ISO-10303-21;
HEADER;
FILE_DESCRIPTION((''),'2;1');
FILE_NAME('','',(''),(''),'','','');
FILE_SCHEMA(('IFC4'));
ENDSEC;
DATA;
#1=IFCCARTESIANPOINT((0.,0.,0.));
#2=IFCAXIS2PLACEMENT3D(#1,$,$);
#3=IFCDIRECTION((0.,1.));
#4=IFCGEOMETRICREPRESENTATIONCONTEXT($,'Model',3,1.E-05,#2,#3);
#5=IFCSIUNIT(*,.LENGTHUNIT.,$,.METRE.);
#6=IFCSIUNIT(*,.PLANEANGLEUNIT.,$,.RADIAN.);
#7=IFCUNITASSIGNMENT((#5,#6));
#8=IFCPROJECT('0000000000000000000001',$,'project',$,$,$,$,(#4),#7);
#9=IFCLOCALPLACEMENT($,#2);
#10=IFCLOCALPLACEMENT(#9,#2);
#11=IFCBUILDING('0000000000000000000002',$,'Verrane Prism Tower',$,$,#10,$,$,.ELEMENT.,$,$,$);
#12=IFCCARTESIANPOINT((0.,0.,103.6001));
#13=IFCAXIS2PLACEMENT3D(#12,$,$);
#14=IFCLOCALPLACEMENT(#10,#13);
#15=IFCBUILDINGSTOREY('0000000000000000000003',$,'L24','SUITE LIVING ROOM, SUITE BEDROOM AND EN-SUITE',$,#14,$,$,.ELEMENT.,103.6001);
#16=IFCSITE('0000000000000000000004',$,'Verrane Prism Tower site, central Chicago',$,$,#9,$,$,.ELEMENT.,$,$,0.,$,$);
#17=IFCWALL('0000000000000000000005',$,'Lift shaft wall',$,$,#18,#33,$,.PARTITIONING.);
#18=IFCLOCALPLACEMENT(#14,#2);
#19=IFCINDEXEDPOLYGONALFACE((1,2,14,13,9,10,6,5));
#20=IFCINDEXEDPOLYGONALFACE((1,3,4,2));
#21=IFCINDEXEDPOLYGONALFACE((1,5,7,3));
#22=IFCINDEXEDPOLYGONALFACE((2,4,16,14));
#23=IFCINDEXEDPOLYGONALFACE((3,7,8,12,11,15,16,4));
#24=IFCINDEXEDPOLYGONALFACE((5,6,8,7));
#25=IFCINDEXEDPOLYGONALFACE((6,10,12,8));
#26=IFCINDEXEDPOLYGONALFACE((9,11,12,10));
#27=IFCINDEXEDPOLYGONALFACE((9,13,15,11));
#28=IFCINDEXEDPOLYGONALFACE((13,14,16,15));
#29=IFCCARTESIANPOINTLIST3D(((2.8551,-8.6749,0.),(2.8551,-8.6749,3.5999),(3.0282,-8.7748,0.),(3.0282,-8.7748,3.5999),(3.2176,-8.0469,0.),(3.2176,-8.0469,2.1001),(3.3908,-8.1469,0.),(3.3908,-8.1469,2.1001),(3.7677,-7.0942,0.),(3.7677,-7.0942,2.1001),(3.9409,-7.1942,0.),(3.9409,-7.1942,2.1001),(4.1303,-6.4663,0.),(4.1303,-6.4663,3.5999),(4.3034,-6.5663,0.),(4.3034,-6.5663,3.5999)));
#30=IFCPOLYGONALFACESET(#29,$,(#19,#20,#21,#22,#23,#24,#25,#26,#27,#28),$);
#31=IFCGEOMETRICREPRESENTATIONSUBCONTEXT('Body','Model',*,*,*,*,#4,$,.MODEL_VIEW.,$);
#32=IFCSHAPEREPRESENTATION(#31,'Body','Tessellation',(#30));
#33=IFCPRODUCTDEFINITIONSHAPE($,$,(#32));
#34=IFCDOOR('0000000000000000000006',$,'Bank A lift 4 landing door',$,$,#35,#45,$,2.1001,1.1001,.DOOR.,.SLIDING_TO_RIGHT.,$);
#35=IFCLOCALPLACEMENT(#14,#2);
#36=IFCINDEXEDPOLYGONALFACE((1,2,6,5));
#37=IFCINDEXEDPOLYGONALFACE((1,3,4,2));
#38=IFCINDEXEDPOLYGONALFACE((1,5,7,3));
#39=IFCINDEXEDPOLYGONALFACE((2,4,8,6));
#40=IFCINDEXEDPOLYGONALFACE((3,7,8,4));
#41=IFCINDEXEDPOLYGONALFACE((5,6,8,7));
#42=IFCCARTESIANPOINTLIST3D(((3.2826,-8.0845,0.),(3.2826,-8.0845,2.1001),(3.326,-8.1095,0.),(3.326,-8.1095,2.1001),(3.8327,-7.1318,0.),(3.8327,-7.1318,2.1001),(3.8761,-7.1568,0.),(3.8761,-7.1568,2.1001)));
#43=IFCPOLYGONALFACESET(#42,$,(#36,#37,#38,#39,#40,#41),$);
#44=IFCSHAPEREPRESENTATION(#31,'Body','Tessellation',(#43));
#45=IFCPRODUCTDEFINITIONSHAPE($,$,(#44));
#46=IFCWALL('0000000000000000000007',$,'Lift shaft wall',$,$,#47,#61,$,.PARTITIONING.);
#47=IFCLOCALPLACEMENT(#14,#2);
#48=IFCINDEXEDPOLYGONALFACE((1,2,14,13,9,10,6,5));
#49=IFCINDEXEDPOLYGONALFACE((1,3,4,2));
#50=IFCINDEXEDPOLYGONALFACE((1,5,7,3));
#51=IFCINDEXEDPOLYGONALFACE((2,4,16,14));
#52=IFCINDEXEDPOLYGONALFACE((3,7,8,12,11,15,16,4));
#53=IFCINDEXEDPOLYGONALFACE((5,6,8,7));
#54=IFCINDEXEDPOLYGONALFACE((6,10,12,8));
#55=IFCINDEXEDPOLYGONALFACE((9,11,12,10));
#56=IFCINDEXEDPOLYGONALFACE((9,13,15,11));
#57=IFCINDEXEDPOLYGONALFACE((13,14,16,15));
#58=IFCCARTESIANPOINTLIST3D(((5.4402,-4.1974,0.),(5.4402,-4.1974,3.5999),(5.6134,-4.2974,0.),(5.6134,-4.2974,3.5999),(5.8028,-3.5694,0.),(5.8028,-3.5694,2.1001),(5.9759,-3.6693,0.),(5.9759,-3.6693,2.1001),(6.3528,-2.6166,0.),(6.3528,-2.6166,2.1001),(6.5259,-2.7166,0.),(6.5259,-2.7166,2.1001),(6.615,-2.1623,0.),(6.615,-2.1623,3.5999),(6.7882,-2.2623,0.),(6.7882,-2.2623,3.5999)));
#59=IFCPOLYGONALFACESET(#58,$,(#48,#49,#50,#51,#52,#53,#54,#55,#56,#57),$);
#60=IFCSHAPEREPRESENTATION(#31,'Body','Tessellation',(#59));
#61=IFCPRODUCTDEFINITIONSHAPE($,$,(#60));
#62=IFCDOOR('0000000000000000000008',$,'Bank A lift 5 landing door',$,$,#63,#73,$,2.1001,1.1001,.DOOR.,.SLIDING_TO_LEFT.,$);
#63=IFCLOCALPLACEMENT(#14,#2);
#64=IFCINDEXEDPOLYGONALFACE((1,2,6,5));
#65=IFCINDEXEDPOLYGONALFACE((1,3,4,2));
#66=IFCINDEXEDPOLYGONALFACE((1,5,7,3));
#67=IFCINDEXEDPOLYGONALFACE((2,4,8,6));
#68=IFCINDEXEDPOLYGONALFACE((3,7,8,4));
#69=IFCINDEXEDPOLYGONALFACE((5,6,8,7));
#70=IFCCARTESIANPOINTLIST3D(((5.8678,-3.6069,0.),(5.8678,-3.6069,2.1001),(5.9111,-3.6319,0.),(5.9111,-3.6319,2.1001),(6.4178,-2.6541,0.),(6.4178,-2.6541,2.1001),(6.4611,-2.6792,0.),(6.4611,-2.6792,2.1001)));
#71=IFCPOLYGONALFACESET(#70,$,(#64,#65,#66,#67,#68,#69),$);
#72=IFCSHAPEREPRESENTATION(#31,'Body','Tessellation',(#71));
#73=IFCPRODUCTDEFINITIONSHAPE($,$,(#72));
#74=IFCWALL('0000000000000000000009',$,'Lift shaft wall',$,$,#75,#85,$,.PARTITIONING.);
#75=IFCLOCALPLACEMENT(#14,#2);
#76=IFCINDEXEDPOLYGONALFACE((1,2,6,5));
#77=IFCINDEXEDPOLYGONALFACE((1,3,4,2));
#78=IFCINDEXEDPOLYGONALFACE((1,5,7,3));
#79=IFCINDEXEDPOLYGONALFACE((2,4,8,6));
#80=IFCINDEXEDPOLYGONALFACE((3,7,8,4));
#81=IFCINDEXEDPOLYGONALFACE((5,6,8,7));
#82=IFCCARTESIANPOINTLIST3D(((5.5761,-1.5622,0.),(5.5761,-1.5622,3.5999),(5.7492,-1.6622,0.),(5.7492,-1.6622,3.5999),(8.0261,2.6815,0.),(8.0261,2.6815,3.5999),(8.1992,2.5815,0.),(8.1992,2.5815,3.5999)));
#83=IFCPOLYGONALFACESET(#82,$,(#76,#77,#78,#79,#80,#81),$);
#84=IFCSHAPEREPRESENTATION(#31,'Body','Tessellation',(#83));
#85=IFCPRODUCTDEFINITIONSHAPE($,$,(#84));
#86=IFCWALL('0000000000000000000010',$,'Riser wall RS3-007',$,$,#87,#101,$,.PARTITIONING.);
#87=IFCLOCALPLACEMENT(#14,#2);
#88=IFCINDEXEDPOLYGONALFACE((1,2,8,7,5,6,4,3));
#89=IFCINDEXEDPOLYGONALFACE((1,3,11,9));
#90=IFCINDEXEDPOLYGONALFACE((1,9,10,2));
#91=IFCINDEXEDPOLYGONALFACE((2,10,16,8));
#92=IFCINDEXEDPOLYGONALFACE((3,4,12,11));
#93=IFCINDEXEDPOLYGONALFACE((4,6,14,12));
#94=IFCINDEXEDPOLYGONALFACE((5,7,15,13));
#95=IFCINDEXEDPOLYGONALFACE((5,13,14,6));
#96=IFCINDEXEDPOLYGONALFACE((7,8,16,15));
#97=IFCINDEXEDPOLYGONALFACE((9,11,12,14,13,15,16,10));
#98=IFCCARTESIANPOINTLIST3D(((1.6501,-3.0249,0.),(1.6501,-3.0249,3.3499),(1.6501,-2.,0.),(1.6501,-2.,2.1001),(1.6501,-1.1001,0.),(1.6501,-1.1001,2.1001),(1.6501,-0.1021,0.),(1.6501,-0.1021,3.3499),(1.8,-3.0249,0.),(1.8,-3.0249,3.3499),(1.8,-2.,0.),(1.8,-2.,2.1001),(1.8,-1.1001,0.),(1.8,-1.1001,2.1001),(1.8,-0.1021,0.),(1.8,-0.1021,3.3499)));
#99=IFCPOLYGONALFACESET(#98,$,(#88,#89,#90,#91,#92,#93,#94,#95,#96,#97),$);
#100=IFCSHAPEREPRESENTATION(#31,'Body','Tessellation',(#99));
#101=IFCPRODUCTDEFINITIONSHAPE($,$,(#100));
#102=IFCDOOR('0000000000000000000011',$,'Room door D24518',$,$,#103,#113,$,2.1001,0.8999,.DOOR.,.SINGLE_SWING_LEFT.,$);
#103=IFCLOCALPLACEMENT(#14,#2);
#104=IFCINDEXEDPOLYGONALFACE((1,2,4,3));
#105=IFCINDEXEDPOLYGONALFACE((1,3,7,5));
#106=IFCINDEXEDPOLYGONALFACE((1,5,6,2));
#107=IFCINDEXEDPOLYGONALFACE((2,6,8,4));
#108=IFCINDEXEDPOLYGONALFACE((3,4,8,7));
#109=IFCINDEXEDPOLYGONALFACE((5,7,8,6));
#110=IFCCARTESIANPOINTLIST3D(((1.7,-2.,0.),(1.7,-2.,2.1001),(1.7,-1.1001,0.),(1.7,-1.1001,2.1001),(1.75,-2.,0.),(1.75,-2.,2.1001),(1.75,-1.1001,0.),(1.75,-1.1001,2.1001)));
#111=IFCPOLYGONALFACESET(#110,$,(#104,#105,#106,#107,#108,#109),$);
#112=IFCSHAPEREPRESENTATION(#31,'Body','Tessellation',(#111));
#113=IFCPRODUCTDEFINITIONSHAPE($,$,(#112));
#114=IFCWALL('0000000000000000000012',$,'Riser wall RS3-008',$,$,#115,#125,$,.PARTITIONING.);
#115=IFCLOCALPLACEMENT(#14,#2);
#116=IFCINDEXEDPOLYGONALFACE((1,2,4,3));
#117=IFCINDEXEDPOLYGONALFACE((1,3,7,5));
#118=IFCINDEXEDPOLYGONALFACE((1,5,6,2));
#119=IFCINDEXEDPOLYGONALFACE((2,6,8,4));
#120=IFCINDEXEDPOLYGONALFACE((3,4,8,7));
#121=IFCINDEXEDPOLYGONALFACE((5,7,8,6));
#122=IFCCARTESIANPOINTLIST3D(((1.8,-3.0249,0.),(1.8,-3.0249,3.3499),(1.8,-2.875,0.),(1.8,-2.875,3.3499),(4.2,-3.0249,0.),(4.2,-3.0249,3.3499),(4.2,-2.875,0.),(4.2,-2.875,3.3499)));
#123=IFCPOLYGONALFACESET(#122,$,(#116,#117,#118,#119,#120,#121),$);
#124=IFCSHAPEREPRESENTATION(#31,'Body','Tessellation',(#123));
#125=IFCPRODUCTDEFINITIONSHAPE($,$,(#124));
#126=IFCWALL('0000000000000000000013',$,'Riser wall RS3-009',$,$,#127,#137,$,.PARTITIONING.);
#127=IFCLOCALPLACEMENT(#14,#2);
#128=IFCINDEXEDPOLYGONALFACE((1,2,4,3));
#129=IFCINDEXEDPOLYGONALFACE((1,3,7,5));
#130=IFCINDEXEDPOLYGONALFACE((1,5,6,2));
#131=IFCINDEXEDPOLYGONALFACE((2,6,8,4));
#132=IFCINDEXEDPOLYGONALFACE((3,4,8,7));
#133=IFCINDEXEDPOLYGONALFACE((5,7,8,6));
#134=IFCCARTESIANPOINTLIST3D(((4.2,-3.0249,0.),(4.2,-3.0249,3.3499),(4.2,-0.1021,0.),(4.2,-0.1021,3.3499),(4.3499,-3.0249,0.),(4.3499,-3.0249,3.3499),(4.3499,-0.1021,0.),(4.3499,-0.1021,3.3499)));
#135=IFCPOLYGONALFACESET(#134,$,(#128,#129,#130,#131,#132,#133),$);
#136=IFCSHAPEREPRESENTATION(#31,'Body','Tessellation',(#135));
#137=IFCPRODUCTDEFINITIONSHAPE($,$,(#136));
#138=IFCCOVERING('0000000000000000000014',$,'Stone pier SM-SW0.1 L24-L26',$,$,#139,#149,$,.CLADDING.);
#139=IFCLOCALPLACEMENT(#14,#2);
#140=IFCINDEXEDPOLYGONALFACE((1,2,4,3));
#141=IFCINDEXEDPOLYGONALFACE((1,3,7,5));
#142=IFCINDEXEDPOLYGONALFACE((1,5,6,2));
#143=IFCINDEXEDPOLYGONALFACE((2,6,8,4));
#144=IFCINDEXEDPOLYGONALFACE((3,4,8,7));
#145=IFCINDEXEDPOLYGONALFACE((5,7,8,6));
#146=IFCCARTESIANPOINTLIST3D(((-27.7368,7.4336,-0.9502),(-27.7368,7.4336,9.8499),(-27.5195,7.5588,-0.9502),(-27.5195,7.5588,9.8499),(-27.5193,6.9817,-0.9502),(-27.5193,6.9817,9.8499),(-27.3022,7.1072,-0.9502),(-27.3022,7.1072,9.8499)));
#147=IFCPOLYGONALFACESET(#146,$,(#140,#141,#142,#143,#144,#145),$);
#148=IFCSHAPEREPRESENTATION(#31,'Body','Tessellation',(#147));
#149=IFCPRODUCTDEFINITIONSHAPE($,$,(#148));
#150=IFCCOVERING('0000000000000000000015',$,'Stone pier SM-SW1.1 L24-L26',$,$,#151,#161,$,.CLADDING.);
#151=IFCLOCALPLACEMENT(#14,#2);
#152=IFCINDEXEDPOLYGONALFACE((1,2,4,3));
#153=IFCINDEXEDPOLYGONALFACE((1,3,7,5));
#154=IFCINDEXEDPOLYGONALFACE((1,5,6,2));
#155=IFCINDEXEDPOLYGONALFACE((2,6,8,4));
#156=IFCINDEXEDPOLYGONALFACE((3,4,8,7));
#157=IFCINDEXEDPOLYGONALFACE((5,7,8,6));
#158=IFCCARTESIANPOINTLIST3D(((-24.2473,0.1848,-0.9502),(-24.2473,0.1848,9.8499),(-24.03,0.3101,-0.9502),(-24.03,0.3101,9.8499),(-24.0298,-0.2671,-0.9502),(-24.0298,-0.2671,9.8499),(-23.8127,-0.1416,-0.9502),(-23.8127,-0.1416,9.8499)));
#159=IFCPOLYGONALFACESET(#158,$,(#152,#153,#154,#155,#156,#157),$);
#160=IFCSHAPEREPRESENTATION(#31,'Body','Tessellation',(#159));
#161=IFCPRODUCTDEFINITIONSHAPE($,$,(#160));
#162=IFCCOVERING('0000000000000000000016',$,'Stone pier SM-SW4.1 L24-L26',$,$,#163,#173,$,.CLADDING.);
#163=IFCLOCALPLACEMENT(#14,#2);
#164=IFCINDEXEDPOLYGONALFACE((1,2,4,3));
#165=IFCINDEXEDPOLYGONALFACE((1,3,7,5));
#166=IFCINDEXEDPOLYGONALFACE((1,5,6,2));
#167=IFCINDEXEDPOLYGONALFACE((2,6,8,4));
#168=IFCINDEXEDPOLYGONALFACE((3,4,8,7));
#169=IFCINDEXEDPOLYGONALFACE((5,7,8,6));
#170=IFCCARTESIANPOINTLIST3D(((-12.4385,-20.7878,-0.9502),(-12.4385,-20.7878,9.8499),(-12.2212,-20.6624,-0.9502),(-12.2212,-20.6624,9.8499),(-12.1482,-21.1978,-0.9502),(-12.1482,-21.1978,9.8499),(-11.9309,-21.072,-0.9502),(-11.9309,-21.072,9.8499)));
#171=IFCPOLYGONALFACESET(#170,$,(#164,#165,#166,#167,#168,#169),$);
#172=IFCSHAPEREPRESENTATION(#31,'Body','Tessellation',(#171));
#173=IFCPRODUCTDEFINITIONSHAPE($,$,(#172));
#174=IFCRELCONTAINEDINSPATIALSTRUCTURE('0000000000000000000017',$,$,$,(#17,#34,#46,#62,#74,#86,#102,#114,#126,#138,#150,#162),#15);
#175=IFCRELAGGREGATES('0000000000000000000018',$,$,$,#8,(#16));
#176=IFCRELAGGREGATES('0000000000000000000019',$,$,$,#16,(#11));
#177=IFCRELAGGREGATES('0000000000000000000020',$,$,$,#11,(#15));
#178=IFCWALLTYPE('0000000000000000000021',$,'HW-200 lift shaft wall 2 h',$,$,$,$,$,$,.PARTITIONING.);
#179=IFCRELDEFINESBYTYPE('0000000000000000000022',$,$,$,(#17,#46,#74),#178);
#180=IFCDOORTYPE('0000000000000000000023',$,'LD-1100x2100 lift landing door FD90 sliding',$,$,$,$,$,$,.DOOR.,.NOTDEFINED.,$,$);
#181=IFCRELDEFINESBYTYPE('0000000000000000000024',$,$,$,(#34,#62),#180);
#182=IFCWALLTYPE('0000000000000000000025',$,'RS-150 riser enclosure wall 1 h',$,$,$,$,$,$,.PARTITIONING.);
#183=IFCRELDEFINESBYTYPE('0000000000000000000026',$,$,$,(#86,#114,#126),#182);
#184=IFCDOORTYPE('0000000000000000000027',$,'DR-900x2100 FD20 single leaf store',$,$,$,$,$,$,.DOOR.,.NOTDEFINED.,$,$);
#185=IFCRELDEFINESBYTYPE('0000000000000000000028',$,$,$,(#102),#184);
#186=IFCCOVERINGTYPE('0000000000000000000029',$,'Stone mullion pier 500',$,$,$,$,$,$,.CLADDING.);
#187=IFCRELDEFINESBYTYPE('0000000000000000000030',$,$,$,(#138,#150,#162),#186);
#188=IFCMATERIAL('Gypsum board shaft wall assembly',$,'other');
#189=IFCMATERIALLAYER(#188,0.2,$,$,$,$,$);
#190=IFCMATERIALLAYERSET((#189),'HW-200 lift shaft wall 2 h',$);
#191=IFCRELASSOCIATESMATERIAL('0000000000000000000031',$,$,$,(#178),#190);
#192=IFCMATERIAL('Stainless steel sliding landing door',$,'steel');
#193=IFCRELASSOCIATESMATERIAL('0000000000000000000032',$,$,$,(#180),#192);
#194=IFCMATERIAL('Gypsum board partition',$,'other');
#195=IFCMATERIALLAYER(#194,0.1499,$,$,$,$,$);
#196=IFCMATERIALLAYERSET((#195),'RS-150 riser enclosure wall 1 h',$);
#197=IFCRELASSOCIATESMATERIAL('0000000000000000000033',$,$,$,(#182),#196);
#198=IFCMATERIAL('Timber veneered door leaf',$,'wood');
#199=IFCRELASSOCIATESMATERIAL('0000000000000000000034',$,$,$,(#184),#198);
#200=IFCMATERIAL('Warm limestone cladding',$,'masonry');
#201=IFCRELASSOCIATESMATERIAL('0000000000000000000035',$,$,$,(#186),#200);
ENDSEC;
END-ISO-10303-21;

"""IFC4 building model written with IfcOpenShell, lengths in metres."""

from ifc_helpers import new_model, si_unit, direction, frame, frame_2d, origin, place, context, subcontext, project, spatial, polyline, rectangle, outline, extrude, material, layer, layer_set, type_object, element, fill, save


model = new_model("IFC4")

# Units and contexts
model_context = context("Model", 3, precision=1e-05, world=origin(), true_north=direction((0.0, 1.0)))
body_context = subcontext(model_context, "Body", "Model", "MODEL_VIEW")
ifc_project = project(units=[si_unit("LENGTHUNIT", "METRE"), si_unit("PLANEANGLEUNIT", "RADIAN")], contexts=[model_context])

# Site, building, storey
site_placement = place(None, origin())
site = spatial("IfcSite", under=ifc_project, at=site_placement, Name="Verrane Prism Tower site, central Chicago", CompositionType="ELEMENT", RefElevation=0.0)
building_placement = place(site_placement, origin())
building = spatial("IfcBuilding", under=site, at=building_placement, Name="Verrane Prism Tower", CompositionType="ELEMENT")
storey_placement = place(building_placement, frame((0.0, 0.0, 103.6001)))
storey = spatial("IfcBuildingStorey", under=building, at=storey_placement, Name="L24", Description="SUITE LIVING ROOM, SUITE BEDROOM AND EN-SUITE", CompositionType="ELEMENT", Elevation=103.6001)

# Shared definitions
ifc_material_1 = material(Name="Gypsum board shaft wall assembly", Category="other")
ifc_layer_1 = layer(ifc_material_1, 0.2)
ifc_layer_set_1 = layer_set([ifc_layer_1], Name="HW-200 lift shaft wall 2 h")
wall_type_1 = type_object("IfcWallType", Name="HW-200 lift shaft wall 2 h", PredefinedType="PARTITIONING", material=ifc_layer_set_1)

# Walls, openings, doors
wall_1_placement = place(storey_placement, frame((2.9417, -8.7249, 0.0), z_axis=(0.0, 0.0, 1.0), x_axis=(0.500021, 0.866013, 0.0)))
wall_1 = element("IfcWall", 1, at=wall_1_placement, inside=storey, type_object=wall_type_1, Name="Lift shaft wall", PredefinedType="PARTITIONING", context=body_context, shape_type="SweptSolid", body=[
    extrude(rectangle(XDim=2.5503, YDim=0.2, at=frame_2d((1.2751, 0.0))), origin(), (0.0, 0.0, 1.0), 3.5999),
])
opening_1_placement = place(wall_1_placement, frame((0.7251, 0.0, 0.0)))
opening_1 = element("IfcOpeningElement", 2, at=opening_1_placement, cuts=wall_1, PredefinedType="OPENING", context=body_context, shape_type="SweptSolid", body=[
    extrude(rectangle(XDim=1.1001, YDim=2.1001, at=frame_2d((0.55, 1.05))), frame((0.0, 0.1099, 0.0), z_axis=(0.0, -1.0, 0.0), x_axis=(1.0, 0.0, 0.0)), (0.0, 0.0, 1.0), 0.22),
])
ifc_material_2 = material(Name="Stainless steel sliding landing door", Category="steel")
door_type_1 = type_object("IfcDoorType", Name="LD-1100x2100 lift landing door FD90 sliding", OperationType="NOTDEFINED", PredefinedType="DOOR", material=ifc_material_2)
door_1_placement = place(opening_1_placement, origin())
door_1 = element("IfcDoor", 3, at=door_1_placement, inside=storey, type_object=door_type_1, Name="Bank A lift 4 landing door", OperationType="SLIDING_TO_RIGHT", OverallHeight=2.1001, OverallWidth=1.1001, PredefinedType="DOOR", context=body_context, shape_type="SweptSolid", body=[
    extrude(rectangle(XDim=1.1001, YDim=2.1001, at=frame_2d((0.55, 1.05))), frame((0.0, 0.0249, 0.0), z_axis=(0.0, -1.0, 0.0), x_axis=(1.0, 0.0, 0.0)), (0.0, 0.0, 1.0), 0.05),
])
fill(opening_1, door_1)
wall_2_placement = place(storey_placement, frame((5.5269, -4.2473, 0.0), z_axis=(0.0, 0.0, 1.0), x_axis=(0.499938, 0.866061, 0.0)))
wall_2 = element("IfcWall", 4, at=wall_2_placement, inside=storey, type_object=wall_type_1, Name="Lift shaft wall", PredefinedType="PARTITIONING", context=body_context, shape_type="SweptSolid", body=[
    extrude(rectangle(XDim=2.3499, YDim=0.2, at=frame_2d((1.1748, 0.0))), origin(), (0.0, 0.0, 1.0), 3.5999),
])
opening_2_placement = place(wall_2_placement, frame((0.7251, 0.0, 0.0)))
opening_2 = element("IfcOpeningElement", 5, at=opening_2_placement, cuts=wall_2, PredefinedType="OPENING", context=body_context, shape_type="SweptSolid", body=[
    extrude(rectangle(XDim=1.1001, YDim=2.1001, at=frame_2d((0.55, 1.05))), frame((0.0, 0.1099, 0.0), z_axis=(0.0, -1.0, 0.0), x_axis=(1.0, 0.0, 0.0)), (0.0, 0.0, 1.0), 0.22),
])
door_2_placement = place(opening_2_placement, origin())
door_2 = element("IfcDoor", 6, at=door_2_placement, inside=storey, type_object=door_type_1, Name="Bank A lift 5 landing door", OperationType="SLIDING_TO_LEFT", OverallHeight=2.1001, OverallWidth=1.1001, PredefinedType="DOOR", context=body_context, shape_type="SweptSolid", body=[
    extrude(rectangle(XDim=1.1001, YDim=2.1001, at=frame_2d((0.55, 1.05))), frame((0.0, 0.0249, 0.0), z_axis=(0.0, -1.0, 0.0), x_axis=(1.0, 0.0, 0.0)), (0.0, 0.0, 1.0), 0.05),
])
fill(opening_2, door_2)

# Wall
wall_3_placement = place(storey_placement, frame((5.6626, -1.6123, 0.0), z_axis=(0.0, 0.0, 1.0), x_axis=(0.499981, 0.866036, 0.0)))
element("IfcWall", 7, at=wall_3_placement, inside=storey, type_object=wall_type_1, Name="Lift shaft wall", PredefinedType="PARTITIONING", context=body_context, shape_type="SweptSolid", body=[
    extrude(rectangle(XDim=4.9001, YDim=0.2, at=frame_2d((2.4502, 0.0))), origin(), (0.0, 0.0, 1.0), 3.5999),
])

# Wall, opening, door
ifc_material_3 = material(Name="Gypsum board partition", Category="other")
ifc_layer_2 = layer(ifc_material_3, 0.1499)
ifc_layer_set_2 = layer_set([ifc_layer_2], Name="RS-150 riser enclosure wall 1 h")
wall_type_2 = type_object("IfcWallType", Name="RS-150 riser enclosure wall 1 h", PredefinedType="PARTITIONING", material=ifc_layer_set_2)
wall_4_placement = place(storey_placement, frame((1.7251, -0.1021, 0.0), z_axis=(0.0, 0.0, 1.0), x_axis=(0.0, -1.0, 0.0)))
wall_4 = element("IfcWall", 8, at=wall_4_placement, inside=storey, type_object=wall_type_2, Name="Riser wall RS3-007", PredefinedType="PARTITIONING", context=body_context, shape_type="SweptSolid", body=[
    extrude(rectangle(XDim=2.9229, YDim=0.1499, at=frame_2d((1.4614, 0.0))), origin(), (0.0, 0.0, 1.0), 3.3499),
])
opening_3_placement = place(wall_4_placement, frame((0.998, 0.0, 0.0)))
opening_3 = element("IfcOpeningElement", 9, at=opening_3_placement, cuts=wall_4, PredefinedType="OPENING", context=body_context, shape_type="SweptSolid", body=[
    extrude(rectangle(XDim=0.8999, YDim=2.1001, at=frame_2d((0.45, 1.05))), frame((0.0, 0.085, 0.0), z_axis=(0.0, -1.0, 0.0), x_axis=(1.0, 0.0, 0.0)), (0.0, 0.0, 1.0), 0.1699),
])
ifc_material_4 = material(Name="Timber veneered door leaf", Category="wood")
door_type_2 = type_object("IfcDoorType", Name="DR-900x2100 FD20 single leaf store", OperationType="NOTDEFINED", PredefinedType="DOOR", material=ifc_material_4)
door_3_placement = place(opening_3_placement, origin())
door_3 = element("IfcDoor", 10, at=door_3_placement, inside=storey, type_object=door_type_2, Name="Room door D24518", OperationType="SINGLE_SWING_LEFT", OverallHeight=2.1001, OverallWidth=0.8999, PredefinedType="DOOR", context=body_context, shape_type="SweptSolid", body=[
    extrude(rectangle(XDim=0.8999, YDim=2.1001, at=frame_2d((0.45, 1.05))), frame((0.0, 0.0249, 0.0), z_axis=(0.0, -1.0, 0.0), x_axis=(1.0, 0.0, 0.0)), (0.0, 0.0, 1.0), 0.05),
])
fill(opening_3, door_3)

# Walls
wall_5_placement = place(storey_placement, frame((1.8, -2.95, 0.0), z_axis=(0.0, 0.0, 1.0), x_axis=(1.0, 0.0, 0.0)))
element("IfcWall", 11, at=wall_5_placement, inside=storey, type_object=wall_type_2, Name="Riser wall RS3-008", PredefinedType="PARTITIONING", context=body_context, shape_type="SweptSolid", body=[
    extrude(rectangle(XDim=2.3999, YDim=0.1499, at=frame_2d((1.2, 0.0))), origin(), (0.0, 0.0, 1.0), 3.3499),
])
wall_6_placement = place(storey_placement, frame((4.2749, -3.0249, 0.0), z_axis=(0.0, 0.0, 1.0), x_axis=(0.0, 1.0, 0.0)))
element("IfcWall", 12, at=wall_6_placement, inside=storey, type_object=wall_type_2, Name="Riser wall RS3-009", PredefinedType="PARTITIONING", context=body_context, shape_type="SweptSolid", body=[
    extrude(rectangle(XDim=2.9229, YDim=0.1499, at=frame_2d((1.4614, 0.0))), origin(), (0.0, 0.0, 1.0), 3.3499),
])

# Coverings
ifc_material_5 = material(Name="Warm limestone cladding", Category="masonry")
covering_type_1 = type_object("IfcCoveringType", Name="Stone mullion pier 500", PredefinedType="CLADDING", material=ifc_material_5)
covering_1_placement = place(storey_placement, frame((0.0, 0.0, -0.9502)))
element("IfcCovering", 13, at=covering_1_placement, inside=storey, type_object=covering_type_1, Name="Stone pier SM-SW0.1 L24-L26", PredefinedType="CLADDING", context=body_context, shape_type="SweptSolid", body=[
    extrude(outline(polyline([(-27.3022, 7.1072), (-27.5195, 7.5588), (-27.7368, 7.4336), (-27.5193, 6.9817), (-27.3022, 7.1072)])), origin(), (0.0, 0.0, 1.0), 10.8),
])
covering_2_placement = place(storey_placement, frame((0.0, 0.0, -0.9502)))
element("IfcCovering", 14, at=covering_2_placement, inside=storey, type_object=covering_type_1, Name="Stone pier SM-SW1.1 L24-L26", PredefinedType="CLADDING", context=body_context, shape_type="SweptSolid", body=[
    extrude(outline(polyline([(-23.8127, -0.1416), (-24.03, 0.3101), (-24.2473, 0.1848), (-24.0298, -0.2671), (-23.8127, -0.1416)])), origin(), (0.0, 0.0, 1.0), 10.8),
])
covering_3_placement = place(storey_placement, frame((0.0, 0.0, -0.9502)))
element("IfcCovering", 15, at=covering_3_placement, inside=storey, type_object=covering_type_1, Name="Stone pier SM-SW4.1 L24-L26", PredefinedType="CLADDING", context=body_context, shape_type="SweptSolid", body=[
    extrude(outline(polyline([(-11.9309, -21.072), (-12.2212, -20.6624), (-12.4385, -20.7878), (-12.1482, -21.1978), (-11.9309, -21.072)])), origin(), (0.0, 0.0, 1.0), 10.8),
])

save(model, "model.ifc")
